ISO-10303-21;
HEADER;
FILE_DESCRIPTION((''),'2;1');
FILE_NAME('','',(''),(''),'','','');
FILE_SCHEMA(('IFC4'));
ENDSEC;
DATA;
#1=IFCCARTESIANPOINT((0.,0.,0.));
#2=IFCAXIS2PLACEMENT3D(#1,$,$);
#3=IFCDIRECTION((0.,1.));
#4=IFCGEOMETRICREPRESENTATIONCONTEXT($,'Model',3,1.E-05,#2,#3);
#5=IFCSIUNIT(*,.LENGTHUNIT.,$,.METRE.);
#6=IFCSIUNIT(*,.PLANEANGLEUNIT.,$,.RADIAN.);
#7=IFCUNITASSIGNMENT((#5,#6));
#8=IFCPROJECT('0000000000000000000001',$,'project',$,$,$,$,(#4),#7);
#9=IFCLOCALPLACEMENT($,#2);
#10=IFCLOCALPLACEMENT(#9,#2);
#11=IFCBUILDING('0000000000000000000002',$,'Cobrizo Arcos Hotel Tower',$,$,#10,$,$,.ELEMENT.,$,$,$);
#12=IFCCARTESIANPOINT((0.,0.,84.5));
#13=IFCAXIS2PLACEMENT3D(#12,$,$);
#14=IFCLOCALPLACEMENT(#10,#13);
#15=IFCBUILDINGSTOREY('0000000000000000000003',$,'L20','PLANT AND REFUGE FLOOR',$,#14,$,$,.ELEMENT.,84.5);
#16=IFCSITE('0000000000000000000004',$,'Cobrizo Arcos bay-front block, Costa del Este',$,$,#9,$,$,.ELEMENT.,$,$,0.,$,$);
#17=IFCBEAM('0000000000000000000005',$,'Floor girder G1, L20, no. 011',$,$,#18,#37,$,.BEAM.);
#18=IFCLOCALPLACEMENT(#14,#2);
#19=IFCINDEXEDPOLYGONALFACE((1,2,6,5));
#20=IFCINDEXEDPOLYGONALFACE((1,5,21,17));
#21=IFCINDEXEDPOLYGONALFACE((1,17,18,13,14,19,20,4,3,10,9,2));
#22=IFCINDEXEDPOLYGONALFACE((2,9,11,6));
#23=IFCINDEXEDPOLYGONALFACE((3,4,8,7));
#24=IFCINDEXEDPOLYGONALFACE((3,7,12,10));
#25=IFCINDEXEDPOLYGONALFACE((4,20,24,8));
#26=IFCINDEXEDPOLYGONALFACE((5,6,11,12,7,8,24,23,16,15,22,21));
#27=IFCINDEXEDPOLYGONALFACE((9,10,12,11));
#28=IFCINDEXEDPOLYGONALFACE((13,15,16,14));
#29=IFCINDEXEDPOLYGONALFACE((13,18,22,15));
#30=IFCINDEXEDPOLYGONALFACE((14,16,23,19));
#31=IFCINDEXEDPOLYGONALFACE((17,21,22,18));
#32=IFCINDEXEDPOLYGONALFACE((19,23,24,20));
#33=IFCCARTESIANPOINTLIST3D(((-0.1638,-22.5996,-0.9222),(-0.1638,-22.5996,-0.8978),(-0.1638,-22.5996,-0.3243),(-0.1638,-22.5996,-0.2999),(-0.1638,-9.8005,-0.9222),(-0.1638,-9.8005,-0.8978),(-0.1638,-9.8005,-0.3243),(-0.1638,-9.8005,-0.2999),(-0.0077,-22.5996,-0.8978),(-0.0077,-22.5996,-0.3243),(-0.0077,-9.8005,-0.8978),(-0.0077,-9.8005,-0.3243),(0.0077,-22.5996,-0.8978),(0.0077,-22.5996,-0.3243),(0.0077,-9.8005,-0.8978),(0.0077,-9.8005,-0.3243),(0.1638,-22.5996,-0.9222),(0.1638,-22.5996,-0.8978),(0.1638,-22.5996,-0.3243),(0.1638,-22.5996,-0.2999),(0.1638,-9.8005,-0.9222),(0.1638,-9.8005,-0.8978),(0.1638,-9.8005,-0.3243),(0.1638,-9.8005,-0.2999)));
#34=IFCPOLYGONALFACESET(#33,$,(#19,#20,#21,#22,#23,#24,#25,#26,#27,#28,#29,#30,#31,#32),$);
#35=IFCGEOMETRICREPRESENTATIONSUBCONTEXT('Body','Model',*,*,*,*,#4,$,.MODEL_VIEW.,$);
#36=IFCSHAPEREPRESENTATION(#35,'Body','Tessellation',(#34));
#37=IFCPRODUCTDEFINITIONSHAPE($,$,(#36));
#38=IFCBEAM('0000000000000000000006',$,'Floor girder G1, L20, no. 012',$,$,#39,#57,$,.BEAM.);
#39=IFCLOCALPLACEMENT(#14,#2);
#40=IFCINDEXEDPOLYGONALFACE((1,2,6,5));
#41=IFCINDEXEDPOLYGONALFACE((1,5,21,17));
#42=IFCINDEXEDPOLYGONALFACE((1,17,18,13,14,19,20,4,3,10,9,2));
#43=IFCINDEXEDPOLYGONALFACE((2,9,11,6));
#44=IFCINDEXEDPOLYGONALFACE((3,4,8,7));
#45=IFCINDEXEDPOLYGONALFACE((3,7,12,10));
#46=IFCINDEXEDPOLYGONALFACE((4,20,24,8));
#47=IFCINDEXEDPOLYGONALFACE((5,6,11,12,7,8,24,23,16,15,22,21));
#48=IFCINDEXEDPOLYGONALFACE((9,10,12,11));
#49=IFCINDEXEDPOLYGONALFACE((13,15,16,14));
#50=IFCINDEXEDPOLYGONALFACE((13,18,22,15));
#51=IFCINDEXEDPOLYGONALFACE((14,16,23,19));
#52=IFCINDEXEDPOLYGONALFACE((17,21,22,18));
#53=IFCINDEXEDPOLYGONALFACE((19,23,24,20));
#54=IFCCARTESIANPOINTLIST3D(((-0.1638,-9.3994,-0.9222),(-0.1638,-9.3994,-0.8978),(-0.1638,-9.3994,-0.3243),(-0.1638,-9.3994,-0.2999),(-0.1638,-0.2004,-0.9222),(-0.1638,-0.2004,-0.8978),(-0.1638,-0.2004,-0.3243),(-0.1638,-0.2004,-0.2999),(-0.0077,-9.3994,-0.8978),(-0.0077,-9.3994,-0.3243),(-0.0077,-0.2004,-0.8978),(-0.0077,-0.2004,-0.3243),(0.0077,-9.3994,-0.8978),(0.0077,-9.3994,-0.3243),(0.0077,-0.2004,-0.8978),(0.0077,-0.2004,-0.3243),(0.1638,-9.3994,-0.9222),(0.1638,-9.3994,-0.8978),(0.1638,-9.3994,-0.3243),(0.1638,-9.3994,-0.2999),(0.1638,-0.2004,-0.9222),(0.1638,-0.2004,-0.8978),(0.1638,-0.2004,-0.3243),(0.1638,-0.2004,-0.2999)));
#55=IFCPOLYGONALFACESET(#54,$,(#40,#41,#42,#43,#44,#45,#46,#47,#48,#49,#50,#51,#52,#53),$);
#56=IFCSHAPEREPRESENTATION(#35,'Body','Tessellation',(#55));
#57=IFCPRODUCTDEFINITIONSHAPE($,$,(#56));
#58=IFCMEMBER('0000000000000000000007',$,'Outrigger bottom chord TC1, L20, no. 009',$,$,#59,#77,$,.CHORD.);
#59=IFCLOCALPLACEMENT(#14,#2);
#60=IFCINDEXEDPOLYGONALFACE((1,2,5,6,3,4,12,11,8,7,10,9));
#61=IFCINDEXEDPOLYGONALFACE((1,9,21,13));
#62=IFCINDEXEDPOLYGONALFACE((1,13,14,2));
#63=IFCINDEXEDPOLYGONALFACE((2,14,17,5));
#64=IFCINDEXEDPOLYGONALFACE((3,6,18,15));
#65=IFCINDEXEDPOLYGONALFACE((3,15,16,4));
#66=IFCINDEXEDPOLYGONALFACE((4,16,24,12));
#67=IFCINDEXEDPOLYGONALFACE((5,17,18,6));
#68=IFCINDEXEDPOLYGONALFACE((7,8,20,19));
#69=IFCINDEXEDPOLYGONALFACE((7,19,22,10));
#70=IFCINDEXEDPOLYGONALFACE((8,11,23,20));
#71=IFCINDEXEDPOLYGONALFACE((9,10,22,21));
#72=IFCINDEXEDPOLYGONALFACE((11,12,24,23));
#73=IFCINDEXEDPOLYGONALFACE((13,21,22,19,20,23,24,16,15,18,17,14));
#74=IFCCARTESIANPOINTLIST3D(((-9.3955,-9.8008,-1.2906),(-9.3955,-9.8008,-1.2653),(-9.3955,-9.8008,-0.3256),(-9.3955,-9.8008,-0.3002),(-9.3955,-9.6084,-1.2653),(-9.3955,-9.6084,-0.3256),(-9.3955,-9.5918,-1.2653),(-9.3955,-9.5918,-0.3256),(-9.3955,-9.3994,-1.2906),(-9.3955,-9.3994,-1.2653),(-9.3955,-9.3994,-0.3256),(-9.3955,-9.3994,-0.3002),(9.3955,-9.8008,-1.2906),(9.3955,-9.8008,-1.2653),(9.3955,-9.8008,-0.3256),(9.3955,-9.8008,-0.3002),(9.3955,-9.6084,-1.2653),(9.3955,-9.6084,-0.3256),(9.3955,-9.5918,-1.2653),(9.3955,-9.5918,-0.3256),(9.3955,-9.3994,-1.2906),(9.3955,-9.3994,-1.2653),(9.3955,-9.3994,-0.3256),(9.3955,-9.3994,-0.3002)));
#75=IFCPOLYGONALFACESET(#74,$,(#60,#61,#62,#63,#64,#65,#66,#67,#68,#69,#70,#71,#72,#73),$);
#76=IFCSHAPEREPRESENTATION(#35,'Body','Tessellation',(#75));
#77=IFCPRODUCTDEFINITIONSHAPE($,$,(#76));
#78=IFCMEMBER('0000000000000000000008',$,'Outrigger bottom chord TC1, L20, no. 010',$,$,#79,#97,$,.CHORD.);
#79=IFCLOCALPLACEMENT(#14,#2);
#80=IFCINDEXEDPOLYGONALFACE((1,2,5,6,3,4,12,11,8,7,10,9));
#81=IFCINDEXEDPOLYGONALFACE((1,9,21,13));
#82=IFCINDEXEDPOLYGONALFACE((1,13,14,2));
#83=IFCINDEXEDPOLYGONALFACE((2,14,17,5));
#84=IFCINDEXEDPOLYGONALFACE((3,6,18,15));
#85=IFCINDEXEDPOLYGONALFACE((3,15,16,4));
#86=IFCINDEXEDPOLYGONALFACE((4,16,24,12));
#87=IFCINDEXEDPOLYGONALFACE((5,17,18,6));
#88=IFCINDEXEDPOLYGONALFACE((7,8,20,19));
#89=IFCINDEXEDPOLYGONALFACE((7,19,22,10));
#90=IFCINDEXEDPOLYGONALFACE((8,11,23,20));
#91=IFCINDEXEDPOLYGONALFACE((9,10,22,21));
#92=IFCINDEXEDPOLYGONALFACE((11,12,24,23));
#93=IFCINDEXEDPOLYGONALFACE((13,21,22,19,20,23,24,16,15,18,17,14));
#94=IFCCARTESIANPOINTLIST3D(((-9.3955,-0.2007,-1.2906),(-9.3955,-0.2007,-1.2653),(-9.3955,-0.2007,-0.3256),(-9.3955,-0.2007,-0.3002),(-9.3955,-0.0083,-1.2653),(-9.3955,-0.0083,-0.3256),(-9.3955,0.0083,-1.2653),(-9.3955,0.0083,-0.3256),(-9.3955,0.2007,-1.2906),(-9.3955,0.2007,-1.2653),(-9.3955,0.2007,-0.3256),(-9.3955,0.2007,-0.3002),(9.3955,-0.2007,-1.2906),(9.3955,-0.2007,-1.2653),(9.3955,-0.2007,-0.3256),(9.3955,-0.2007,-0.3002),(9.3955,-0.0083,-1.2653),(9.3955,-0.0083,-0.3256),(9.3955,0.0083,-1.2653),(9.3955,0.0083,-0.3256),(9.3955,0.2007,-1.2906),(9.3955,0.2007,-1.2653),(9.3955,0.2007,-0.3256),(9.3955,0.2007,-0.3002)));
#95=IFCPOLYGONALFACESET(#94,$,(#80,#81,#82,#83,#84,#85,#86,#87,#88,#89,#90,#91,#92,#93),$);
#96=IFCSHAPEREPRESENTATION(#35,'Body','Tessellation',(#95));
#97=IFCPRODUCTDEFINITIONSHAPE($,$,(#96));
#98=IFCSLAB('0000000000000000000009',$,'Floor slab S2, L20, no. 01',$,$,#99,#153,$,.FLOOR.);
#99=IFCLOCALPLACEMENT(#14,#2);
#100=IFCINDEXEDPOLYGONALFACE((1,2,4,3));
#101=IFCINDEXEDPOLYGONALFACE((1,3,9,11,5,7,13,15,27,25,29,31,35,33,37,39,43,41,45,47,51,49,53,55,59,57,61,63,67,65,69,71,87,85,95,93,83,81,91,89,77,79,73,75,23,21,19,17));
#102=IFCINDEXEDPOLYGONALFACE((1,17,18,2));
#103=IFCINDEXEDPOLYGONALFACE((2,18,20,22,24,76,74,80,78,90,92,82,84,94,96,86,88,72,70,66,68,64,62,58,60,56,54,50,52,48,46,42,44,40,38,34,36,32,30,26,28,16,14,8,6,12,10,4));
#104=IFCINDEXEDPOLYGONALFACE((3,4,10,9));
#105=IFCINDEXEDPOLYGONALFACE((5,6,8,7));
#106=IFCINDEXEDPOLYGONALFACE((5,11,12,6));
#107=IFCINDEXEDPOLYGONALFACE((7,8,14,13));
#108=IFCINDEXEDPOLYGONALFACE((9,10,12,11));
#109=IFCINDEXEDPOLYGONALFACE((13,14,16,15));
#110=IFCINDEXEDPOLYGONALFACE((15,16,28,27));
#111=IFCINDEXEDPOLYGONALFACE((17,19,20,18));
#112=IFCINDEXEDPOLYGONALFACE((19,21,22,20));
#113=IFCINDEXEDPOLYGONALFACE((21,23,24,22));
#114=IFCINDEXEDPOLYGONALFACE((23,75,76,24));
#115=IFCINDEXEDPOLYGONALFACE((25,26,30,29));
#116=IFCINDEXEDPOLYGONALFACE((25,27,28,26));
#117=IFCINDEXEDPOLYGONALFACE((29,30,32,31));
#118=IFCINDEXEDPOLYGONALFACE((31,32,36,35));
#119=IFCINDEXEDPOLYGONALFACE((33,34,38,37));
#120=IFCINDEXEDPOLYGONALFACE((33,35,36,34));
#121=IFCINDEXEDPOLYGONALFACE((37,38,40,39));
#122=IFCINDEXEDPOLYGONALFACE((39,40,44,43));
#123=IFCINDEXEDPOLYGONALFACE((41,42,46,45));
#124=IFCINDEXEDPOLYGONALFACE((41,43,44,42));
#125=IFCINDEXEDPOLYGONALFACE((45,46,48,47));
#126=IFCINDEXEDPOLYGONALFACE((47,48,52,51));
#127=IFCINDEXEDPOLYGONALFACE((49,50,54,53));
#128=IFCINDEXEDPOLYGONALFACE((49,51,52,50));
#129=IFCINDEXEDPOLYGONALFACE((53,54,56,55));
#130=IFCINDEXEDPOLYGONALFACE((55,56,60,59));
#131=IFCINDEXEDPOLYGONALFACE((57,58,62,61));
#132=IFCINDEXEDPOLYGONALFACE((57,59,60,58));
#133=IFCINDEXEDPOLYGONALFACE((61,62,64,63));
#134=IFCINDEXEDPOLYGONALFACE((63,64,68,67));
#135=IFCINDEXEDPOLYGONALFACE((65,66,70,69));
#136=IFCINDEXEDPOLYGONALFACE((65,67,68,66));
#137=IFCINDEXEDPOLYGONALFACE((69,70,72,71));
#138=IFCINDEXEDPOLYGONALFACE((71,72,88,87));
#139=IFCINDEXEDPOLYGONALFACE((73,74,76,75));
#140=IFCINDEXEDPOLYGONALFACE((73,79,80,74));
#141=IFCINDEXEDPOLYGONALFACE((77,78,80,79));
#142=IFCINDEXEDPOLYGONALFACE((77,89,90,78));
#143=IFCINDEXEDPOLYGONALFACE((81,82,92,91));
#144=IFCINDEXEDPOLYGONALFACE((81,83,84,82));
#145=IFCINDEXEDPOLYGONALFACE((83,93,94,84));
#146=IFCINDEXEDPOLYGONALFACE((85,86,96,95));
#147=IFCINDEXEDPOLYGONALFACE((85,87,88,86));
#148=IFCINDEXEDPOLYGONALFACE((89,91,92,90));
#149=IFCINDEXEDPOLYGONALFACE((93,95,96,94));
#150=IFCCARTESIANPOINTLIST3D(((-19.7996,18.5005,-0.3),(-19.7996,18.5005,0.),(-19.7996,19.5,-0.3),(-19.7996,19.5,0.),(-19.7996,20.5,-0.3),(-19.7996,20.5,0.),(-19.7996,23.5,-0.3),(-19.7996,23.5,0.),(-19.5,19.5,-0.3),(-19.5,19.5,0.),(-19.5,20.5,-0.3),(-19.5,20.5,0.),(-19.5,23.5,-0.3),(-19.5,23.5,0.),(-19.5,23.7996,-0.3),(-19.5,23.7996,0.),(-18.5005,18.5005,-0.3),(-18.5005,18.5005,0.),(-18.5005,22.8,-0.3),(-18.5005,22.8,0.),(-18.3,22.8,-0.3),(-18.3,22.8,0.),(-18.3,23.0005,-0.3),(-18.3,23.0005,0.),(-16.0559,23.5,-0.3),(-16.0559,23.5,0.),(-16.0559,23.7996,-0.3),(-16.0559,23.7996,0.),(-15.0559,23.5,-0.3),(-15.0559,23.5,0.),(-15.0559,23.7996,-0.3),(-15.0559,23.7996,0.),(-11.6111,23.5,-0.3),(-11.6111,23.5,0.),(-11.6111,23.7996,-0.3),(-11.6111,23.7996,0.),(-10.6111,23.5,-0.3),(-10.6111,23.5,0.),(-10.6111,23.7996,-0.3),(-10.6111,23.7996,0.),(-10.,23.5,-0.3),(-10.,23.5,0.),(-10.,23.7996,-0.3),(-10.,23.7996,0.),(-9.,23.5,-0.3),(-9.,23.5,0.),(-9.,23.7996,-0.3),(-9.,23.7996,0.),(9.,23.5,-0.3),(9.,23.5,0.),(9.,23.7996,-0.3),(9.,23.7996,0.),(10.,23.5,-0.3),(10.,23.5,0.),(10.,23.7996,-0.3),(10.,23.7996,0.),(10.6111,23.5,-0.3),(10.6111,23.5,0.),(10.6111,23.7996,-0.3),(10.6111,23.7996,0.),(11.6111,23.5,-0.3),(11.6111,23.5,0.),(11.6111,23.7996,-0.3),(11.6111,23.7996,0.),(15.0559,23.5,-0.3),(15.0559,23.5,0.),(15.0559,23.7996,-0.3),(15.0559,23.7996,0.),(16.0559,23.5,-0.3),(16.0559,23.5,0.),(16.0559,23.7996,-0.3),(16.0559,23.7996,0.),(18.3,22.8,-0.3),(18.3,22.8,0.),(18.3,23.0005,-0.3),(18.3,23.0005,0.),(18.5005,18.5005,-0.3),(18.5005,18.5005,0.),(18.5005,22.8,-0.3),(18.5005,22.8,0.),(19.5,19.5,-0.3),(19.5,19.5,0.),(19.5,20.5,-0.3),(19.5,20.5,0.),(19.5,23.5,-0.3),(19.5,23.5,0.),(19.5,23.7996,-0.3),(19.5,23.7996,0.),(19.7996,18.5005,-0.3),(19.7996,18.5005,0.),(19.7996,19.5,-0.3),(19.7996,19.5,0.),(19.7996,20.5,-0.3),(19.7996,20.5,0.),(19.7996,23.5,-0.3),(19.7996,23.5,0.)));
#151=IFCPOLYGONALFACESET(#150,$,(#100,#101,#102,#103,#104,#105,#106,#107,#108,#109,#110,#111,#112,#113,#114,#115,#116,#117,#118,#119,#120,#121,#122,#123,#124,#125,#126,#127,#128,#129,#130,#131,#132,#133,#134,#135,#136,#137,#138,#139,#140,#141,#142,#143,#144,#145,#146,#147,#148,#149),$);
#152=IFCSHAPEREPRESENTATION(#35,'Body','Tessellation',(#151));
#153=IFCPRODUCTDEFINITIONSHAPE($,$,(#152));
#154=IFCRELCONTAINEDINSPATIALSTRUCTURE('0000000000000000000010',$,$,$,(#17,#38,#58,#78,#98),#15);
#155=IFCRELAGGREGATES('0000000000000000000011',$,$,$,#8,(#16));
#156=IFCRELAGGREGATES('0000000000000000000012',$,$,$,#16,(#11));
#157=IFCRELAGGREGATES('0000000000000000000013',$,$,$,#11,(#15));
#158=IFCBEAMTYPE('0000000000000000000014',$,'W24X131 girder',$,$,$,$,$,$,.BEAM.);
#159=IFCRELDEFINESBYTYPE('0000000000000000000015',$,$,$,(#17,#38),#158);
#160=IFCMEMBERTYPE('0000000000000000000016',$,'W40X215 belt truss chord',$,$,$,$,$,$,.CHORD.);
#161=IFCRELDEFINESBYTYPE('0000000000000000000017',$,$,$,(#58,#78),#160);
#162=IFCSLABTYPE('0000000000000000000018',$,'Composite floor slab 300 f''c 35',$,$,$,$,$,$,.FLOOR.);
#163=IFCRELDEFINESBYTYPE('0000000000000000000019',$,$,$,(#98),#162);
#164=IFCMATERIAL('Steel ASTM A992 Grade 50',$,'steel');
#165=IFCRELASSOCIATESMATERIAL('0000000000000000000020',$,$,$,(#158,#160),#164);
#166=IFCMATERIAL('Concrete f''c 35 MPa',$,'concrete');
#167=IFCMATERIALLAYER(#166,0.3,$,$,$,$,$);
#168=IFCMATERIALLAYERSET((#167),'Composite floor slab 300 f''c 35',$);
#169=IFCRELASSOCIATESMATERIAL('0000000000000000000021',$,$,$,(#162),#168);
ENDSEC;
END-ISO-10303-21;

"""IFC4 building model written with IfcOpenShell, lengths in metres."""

from ifc_helpers import new_model, si_unit, direction, frame, origin, origin_2d, place, context, subcontext, project, spatial, polyline, i_section, outline, extrude, material, layer, layer_set, material_profile, profile_set, type_object, element, save


model = new_model("IFC4")

# Units and contexts
model_context = context("Model", 3, precision=1e-05, world=origin(), true_north=direction((0.0, 1.0)))
body_context = subcontext(model_context, "Body", "Model", "MODEL_VIEW")
ifc_project = project(units=[si_unit("LENGTHUNIT", "METRE"), si_unit("PLANEANGLEUNIT", "RADIAN")], contexts=[model_context])

# Site, building, storey
site_placement = place(None, origin())
site = spatial("IfcSite", under=ifc_project, at=site_placement, Name="Cobrizo Arcos bay-front block, Costa del Este", CompositionType="ELEMENT", RefElevation=0.0)
building_placement = place(site_placement, origin())
building = spatial("IfcBuilding", under=site, at=building_placement, Name="Cobrizo Arcos Hotel Tower", CompositionType="ELEMENT")
storey_placement = place(building_placement, frame((0.0, 0.0, 84.5)))
storey = spatial("IfcBuildingStorey", under=building, at=storey_placement, Name="L20", Description="PLANT AND REFUGE FLOOR", CompositionType="ELEMENT", Elevation=84.5)

# Shared definitions
ifc_material_1 = material(Name="Steel ASTM A992 Grade 50", Category="steel")

# Beams
ifc_material_profile_1 = material_profile(ifc_material_1, i_section(OverallWidth=0.3276, OverallDepth=0.6223, WebThickness=0.0154, FlangeThickness=0.0244, at=origin_2d()), Name="W24X131")
ifc_profile_set_1 = profile_set([ifc_material_profile_1], Name="Steel ASTM A992 Grade 50")
beam_type_1 = type_object("IfcBeamType", Name="W24X131 girder", PredefinedType="BEAM", material=ifc_profile_set_1)
beam_1_placement = place(storey_placement, frame((0.0, -22.5996, -0.6111), z_axis=(0.0, 1.0, 0.0), x_axis=(-1.0, 0.0, 0.0)))
element("IfcBeam", 1, at=beam_1_placement, inside=storey, type_object=beam_type_1, Name="Floor girder G1, L20, no. 011", PredefinedType="BEAM", context=body_context, shape_type="SweptSolid", body=[
    extrude(i_section(OverallWidth=0.3276, OverallDepth=0.6223, WebThickness=0.0154, FlangeThickness=0.0244, at=origin_2d()), origin(), (0.0, 0.0, 1.0), 12.7991),
])
beam_2_placement = place(storey_placement, frame((0.0, -9.3994, -0.6111), z_axis=(0.0, 1.0, 0.0), x_axis=(-1.0, 0.0, 0.0)))
element("IfcBeam", 2, at=beam_2_placement, inside=storey, type_object=beam_type_1, Name="Floor girder G1, L20, no. 012", PredefinedType="BEAM", context=body_context, shape_type="SweptSolid", body=[
    extrude(i_section(OverallWidth=0.3276, OverallDepth=0.6223, WebThickness=0.0154, FlangeThickness=0.0244, at=origin_2d()), origin(), (0.0, 0.0, 1.0), 9.199),
])

# Members
ifc_material_profile_2 = material_profile(ifc_material_1, i_section(OverallWidth=0.4014, OverallDepth=0.9905, WebThickness=0.0166, FlangeThickness=0.0254, at=origin_2d()), Name="W40X215")
ifc_profile_set_2 = profile_set([ifc_material_profile_2], Name="Steel ASTM A992 Grade 50")
member_type_1 = type_object("IfcMemberType", Name="W40X215 belt truss chord", PredefinedType="CHORD", material=ifc_profile_set_2)
for number, where, z_axis, x_axis, name in (
    (3, (-9.3955, -9.6001, -0.7954), (1.0, 0.0, 0.0), (0.0, 1.0, 0.0), "Outrigger bottom chord TC1, L20, no. 009"),
    (4, (-9.3955, 0.0, -0.7954), (1.0, 0.0, 0.0), (0.0, 1.0, 0.0), "Outrigger bottom chord TC1, L20, no. 010"),
):
    element("IfcMember", number, at=place(storey_placement, frame(where, z_axis=z_axis, x_axis=x_axis)), inside=storey, type_object=member_type_1, Name=name, PredefinedType="CHORD", context=body_context, shape_type="SweptSolid", body=[
        extrude(i_section(OverallWidth=0.4014, OverallDepth=0.9905, WebThickness=0.0166, FlangeThickness=0.0254, at=origin_2d()), origin(), (0.0, 0.0, 1.0), 18.791),
    ])

# Slab
ifc_material_2 = material(Name="Concrete f'c 35 MPa", Category="concrete")
ifc_layer_1 = layer(ifc_material_2, 0.3)
ifc_layer_set_1 = layer_set([ifc_layer_1], Name="Composite floor slab 300 f'c 35")
slab_type_1 = type_object("IfcSlabType", Name="Composite floor slab 300 f'c 35", PredefinedType="FLOOR", material=ifc_layer_set_1)
slab_1_placement = place(storey_placement, frame((0.0, 0.0, -0.3)))
element("IfcSlab", 5, at=slab_1_placement, inside=storey, type_object=slab_type_1, Name="Floor slab S2, L20, no. 01", PredefinedType="FLOOR", context=body_context, shape_type="SweptSolid", body=[
    extrude(outline(polyline([(-19.5, 23.7996), (-16.0559, 23.7996), (-16.0559, 23.5), (-15.0559, 23.5), (-15.0559, 23.7996), (-11.6111, 23.7996), (-11.6111, 23.5), (-10.6111, 23.5), (-10.6111, 23.7996), (-10.0, 23.7996), (-10.0, 23.5), (-9.0, 23.5), (-9.0, 23.7996), (9.0, 23.7996), (9.0, 23.5), (10.0, 23.5), (10.0, 23.7996), (10.6111, 23.7996), (10.6111, 23.5), (11.6111, 23.5), (11.6111, 23.7996), (15.0559, 23.7996), (15.0559, 23.5), (16.0559, 23.5), (16.0559, 23.7996), (19.5, 23.7996), (19.5, 23.5), (19.7996, 23.5), (19.7996, 20.5), (19.5, 20.5), (19.5, 19.5), (19.7996, 19.5), (19.7996, 18.5005), (18.5005, 18.5005), (18.5005, 22.8), (18.3, 22.8), (18.3, 23.0005), (-18.3, 23.0005), (-18.3, 22.8), (-18.5005, 22.8), (-18.5005, 18.5005), (-19.7996, 18.5005), (-19.7996, 19.5), (-19.5, 19.5), (-19.5, 20.5), (-19.7996, 20.5), (-19.7996, 23.5), (-19.5, 23.5), (-19.5, 23.7996)])), origin(), (0.0, 0.0, 1.0), 0.3),
])

save(model, "model.ifc")
